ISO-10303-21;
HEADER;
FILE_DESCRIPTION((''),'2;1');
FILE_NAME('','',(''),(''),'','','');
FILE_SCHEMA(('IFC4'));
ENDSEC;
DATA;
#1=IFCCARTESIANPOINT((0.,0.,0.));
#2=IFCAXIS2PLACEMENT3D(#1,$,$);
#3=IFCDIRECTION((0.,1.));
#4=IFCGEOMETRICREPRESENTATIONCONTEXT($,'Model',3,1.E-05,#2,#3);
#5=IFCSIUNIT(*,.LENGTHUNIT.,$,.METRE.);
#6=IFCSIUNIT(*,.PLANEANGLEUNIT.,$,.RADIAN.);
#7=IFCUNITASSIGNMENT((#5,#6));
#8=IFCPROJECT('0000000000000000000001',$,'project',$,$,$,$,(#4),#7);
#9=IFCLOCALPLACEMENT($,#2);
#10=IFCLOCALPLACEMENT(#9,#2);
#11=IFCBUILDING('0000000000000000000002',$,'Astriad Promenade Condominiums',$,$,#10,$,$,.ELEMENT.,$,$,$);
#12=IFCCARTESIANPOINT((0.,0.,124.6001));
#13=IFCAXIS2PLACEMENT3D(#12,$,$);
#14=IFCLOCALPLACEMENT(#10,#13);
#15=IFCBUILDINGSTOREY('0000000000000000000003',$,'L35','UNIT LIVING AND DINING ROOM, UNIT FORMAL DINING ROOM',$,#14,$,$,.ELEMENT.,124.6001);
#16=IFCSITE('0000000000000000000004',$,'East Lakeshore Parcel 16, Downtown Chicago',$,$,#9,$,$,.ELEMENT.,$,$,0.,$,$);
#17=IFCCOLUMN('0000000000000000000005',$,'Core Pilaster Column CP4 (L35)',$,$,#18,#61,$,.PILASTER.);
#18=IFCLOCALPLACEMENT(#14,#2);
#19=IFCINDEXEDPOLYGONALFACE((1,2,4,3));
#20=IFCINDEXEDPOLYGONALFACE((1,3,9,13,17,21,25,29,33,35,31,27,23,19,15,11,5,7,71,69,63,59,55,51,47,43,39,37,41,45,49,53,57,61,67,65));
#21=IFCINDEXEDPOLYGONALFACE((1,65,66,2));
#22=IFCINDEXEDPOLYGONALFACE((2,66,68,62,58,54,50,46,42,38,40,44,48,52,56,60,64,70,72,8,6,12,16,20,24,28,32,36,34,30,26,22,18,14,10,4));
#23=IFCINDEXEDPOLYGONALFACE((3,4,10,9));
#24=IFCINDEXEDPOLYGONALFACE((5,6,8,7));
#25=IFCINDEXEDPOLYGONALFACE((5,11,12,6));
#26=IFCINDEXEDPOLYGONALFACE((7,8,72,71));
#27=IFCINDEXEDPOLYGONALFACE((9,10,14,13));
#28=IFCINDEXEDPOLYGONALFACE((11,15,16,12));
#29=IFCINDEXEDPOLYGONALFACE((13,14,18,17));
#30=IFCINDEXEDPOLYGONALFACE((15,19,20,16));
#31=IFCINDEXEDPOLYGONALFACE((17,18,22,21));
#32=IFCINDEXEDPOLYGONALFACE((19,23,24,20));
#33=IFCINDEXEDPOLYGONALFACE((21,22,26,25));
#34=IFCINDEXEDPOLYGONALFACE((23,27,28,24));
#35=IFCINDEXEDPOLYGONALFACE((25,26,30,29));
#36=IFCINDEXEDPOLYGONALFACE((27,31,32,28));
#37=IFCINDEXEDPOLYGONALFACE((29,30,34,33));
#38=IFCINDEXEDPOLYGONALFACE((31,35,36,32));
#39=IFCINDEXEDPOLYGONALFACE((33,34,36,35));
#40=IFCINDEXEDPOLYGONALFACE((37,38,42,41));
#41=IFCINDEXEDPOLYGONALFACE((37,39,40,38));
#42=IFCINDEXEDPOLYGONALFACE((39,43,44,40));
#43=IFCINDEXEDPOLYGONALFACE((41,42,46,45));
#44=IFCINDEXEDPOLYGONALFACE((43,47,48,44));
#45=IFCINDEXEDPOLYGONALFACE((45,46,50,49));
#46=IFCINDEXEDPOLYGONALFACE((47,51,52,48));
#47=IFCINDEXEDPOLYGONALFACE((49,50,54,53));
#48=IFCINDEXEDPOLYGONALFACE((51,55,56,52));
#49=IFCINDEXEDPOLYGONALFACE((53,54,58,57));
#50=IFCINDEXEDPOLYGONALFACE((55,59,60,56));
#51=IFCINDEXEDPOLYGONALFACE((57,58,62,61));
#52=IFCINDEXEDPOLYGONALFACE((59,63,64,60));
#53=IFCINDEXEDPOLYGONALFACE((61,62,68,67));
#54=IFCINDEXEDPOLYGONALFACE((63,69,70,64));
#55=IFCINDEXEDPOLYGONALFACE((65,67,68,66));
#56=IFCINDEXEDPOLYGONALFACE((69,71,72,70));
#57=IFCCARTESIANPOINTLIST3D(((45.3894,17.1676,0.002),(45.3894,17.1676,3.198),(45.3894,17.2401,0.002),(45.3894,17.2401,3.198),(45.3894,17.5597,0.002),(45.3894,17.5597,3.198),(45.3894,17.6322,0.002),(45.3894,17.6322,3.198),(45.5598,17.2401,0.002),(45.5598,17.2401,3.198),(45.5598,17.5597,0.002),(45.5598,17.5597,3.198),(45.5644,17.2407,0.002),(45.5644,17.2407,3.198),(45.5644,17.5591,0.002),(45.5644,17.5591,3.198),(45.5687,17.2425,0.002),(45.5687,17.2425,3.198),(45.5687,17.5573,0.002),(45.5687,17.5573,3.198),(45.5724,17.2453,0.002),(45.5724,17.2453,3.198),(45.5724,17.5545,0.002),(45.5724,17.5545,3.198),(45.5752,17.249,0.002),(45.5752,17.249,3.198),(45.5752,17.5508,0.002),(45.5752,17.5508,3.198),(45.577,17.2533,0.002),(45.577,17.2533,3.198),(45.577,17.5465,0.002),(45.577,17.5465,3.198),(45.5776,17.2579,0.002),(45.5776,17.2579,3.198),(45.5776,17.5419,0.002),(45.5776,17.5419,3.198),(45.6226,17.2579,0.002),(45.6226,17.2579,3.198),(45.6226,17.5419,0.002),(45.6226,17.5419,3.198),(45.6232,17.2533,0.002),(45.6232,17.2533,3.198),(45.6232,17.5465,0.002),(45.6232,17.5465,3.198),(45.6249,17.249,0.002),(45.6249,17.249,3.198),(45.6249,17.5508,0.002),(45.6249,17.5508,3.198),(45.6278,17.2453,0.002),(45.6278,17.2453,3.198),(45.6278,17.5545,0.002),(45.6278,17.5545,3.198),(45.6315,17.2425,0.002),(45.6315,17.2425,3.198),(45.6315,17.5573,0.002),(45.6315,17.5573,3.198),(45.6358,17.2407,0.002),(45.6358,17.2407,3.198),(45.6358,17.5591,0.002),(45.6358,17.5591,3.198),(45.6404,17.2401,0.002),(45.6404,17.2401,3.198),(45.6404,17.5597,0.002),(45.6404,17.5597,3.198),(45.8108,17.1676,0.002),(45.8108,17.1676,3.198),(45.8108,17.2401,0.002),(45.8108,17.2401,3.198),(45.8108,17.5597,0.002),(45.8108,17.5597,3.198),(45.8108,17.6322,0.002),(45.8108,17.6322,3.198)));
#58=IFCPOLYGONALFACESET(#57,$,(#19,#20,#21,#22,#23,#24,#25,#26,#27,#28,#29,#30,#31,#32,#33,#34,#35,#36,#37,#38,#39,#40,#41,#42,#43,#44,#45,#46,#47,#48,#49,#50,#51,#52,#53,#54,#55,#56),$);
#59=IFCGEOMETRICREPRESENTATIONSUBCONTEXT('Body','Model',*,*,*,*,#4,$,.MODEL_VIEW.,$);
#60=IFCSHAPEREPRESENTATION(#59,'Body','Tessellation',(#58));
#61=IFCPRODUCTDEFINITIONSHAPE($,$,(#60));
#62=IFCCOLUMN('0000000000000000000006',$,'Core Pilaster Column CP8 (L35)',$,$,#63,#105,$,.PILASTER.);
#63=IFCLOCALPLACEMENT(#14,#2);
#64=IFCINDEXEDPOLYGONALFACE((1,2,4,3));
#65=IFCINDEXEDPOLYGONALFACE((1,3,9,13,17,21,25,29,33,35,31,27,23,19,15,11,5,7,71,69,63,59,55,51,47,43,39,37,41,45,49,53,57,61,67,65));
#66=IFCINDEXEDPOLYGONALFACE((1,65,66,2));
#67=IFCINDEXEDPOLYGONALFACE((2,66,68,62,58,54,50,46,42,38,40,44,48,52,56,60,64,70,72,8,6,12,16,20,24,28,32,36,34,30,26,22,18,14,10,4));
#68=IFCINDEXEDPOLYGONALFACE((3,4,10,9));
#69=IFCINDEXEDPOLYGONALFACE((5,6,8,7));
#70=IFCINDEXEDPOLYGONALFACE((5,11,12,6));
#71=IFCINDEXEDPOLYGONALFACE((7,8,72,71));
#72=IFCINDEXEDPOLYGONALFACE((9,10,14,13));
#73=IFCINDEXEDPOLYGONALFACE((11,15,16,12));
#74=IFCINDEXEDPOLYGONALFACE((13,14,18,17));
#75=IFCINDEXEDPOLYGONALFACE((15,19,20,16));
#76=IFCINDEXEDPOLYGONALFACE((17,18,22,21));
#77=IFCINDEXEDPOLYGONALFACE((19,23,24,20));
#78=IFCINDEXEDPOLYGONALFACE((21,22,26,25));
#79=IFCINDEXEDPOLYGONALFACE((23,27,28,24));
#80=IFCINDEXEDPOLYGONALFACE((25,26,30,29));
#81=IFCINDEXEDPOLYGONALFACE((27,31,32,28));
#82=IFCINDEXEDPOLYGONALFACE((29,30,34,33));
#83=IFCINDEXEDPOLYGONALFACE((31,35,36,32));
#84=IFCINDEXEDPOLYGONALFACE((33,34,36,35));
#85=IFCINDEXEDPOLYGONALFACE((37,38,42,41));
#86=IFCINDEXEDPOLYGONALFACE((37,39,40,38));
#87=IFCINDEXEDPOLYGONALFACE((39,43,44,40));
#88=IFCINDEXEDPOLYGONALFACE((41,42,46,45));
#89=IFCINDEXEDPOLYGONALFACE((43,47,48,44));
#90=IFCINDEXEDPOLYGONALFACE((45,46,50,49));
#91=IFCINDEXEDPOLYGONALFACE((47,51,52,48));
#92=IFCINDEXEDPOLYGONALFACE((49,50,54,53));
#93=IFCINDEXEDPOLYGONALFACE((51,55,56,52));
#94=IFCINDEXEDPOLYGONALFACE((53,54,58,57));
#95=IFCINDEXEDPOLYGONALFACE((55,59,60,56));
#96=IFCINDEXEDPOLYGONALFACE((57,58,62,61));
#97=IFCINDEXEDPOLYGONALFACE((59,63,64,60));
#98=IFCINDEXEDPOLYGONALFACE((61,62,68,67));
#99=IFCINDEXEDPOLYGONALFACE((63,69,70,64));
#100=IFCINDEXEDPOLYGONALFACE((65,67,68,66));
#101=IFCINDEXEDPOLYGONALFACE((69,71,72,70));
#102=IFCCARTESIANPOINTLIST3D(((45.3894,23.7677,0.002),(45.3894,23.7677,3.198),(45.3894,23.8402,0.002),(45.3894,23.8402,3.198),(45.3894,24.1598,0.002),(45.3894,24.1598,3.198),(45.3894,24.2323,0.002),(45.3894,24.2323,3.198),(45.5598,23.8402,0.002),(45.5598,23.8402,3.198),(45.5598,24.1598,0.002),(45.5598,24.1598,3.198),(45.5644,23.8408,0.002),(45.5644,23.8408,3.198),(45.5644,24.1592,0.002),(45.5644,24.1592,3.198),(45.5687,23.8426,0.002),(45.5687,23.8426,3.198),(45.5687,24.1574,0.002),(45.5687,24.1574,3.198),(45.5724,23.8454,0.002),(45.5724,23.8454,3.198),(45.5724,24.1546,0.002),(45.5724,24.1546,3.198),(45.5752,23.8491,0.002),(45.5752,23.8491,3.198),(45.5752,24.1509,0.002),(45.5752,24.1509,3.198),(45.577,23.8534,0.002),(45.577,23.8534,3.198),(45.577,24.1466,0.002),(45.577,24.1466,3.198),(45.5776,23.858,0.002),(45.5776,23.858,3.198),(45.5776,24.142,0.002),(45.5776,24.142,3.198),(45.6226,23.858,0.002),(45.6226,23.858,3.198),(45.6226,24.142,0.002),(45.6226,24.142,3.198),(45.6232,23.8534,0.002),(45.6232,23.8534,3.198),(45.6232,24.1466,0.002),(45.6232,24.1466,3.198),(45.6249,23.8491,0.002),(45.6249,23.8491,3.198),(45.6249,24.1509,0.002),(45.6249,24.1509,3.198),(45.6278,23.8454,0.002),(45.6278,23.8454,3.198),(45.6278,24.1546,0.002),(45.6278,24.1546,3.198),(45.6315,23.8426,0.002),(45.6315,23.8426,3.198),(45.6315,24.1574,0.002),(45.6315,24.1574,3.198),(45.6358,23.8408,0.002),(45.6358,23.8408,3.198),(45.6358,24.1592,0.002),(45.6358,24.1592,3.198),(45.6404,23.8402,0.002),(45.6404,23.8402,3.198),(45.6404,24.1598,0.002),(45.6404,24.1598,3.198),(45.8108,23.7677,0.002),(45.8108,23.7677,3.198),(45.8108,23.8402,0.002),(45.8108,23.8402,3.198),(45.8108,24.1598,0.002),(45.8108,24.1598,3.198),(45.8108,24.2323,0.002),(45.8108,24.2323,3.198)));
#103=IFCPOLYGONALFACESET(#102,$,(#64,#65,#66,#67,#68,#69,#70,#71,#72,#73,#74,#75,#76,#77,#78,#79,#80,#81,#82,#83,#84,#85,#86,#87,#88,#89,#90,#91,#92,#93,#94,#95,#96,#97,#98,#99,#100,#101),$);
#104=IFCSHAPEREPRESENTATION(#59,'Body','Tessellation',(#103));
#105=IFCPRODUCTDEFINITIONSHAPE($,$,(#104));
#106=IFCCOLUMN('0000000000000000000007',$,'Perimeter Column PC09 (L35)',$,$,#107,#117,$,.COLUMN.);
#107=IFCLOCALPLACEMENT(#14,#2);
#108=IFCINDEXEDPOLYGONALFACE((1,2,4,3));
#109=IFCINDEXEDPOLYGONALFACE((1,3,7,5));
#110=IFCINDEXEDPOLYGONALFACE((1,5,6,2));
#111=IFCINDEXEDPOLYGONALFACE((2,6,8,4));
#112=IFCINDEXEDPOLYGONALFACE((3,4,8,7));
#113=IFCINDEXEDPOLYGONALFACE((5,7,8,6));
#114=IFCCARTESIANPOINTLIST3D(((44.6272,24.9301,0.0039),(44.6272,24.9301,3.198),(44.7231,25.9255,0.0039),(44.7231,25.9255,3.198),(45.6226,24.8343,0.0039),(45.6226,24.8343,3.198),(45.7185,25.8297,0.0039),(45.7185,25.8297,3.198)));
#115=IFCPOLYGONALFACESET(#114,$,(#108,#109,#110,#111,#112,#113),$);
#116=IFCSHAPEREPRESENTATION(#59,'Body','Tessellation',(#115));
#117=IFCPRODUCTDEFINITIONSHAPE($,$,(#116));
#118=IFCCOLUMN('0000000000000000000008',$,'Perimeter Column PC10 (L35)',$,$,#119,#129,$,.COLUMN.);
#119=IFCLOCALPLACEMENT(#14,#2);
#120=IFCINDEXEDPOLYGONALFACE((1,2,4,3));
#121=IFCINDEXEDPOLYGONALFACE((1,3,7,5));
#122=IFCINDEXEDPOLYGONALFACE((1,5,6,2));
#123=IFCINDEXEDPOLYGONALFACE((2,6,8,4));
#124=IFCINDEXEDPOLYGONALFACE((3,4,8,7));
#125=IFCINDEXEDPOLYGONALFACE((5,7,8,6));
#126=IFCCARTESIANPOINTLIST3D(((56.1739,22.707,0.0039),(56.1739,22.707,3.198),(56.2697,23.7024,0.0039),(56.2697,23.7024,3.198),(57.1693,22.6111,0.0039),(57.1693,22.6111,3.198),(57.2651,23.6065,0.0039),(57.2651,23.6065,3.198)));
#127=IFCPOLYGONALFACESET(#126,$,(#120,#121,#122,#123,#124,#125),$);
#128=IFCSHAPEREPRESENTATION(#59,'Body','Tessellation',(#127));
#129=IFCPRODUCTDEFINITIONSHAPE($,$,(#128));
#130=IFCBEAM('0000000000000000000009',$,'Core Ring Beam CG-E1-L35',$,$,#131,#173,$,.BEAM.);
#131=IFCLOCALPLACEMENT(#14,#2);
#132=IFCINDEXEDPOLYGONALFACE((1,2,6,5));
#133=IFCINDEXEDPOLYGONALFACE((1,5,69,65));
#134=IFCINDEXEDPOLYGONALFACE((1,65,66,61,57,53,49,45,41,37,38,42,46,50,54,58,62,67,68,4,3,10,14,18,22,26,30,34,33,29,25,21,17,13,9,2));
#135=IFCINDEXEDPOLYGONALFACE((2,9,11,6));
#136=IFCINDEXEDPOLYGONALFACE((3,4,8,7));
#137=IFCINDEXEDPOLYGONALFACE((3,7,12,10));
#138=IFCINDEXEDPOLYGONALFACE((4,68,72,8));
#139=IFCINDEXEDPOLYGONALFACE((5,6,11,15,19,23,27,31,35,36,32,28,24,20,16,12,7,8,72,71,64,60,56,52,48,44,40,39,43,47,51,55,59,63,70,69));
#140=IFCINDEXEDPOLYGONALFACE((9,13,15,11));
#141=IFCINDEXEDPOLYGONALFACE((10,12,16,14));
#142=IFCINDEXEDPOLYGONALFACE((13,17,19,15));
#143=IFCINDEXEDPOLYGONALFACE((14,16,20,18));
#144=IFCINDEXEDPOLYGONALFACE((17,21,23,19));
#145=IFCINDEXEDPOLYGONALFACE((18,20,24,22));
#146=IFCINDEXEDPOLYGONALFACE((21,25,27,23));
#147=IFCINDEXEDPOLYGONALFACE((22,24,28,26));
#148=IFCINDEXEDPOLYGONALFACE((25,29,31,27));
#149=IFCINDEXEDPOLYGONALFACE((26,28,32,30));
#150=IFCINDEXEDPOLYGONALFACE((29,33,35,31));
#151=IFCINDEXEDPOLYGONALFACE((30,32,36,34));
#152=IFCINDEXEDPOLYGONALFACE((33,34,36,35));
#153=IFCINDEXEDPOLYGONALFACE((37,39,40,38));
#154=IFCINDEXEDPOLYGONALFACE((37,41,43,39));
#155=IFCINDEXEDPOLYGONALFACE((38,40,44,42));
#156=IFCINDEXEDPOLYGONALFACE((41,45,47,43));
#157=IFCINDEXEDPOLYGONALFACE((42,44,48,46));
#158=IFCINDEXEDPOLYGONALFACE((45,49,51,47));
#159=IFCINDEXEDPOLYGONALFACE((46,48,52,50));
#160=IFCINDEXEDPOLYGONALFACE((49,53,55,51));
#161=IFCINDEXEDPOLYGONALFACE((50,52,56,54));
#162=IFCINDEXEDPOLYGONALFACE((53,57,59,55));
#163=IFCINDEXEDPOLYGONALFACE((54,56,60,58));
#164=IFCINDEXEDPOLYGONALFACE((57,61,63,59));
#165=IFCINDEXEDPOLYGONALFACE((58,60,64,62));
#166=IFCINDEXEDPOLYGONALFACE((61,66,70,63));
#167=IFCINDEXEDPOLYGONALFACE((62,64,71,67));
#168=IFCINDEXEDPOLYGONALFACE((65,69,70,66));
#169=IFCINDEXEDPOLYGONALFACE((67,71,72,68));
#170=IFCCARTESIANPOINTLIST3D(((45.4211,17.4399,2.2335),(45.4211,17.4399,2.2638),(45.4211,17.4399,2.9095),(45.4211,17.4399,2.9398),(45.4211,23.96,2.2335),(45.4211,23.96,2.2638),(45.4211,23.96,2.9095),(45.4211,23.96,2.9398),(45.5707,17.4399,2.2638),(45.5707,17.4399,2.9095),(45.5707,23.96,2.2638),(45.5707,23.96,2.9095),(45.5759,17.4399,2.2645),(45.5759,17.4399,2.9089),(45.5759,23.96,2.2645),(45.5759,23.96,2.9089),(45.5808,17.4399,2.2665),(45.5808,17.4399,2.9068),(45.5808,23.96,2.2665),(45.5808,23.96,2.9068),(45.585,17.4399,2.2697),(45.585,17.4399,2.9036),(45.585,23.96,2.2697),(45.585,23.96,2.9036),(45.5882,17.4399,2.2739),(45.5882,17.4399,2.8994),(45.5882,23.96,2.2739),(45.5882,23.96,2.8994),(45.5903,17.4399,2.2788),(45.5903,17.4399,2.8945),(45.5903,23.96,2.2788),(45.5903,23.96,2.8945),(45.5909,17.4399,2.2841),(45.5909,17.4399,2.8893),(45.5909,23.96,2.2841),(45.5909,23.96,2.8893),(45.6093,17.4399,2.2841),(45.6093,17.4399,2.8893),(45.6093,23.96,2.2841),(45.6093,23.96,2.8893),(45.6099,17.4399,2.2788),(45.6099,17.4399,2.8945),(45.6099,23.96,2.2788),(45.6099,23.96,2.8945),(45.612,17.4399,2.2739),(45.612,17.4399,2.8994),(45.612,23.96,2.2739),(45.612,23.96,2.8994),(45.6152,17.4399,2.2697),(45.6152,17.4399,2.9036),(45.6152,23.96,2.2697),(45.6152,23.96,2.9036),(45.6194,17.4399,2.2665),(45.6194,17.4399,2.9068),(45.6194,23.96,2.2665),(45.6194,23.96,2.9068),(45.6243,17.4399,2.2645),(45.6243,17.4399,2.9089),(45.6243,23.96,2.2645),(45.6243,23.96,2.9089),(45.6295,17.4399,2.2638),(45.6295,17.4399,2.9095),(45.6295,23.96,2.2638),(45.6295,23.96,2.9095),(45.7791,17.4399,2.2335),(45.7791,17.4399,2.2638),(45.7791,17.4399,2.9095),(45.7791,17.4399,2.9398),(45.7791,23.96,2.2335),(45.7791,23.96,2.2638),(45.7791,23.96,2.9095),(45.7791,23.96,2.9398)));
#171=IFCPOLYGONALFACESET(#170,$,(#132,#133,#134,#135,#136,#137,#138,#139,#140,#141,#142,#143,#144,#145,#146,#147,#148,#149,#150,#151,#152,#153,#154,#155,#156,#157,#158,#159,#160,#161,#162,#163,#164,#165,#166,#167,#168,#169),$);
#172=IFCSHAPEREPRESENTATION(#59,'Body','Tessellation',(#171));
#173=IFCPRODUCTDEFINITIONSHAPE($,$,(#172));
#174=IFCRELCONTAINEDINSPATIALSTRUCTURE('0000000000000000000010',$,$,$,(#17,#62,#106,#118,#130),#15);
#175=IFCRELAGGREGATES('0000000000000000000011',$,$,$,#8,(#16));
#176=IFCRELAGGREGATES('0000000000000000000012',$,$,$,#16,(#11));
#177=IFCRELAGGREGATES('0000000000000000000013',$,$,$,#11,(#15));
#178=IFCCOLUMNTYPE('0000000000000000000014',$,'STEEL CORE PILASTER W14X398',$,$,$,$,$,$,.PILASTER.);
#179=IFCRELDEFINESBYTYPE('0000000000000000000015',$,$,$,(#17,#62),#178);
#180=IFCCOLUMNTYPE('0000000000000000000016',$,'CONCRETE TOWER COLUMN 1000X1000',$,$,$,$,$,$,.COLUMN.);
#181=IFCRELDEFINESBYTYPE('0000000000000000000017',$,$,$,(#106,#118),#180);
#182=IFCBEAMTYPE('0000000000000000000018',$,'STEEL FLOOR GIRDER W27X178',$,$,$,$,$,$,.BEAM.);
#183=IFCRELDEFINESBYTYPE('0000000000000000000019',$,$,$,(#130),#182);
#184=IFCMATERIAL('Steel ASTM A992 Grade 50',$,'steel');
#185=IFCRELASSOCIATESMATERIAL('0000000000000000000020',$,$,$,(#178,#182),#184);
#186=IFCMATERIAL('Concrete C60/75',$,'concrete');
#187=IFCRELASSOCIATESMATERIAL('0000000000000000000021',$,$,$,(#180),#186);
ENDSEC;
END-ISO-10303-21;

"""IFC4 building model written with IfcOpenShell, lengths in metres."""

from ifc_helpers import new_model, si_unit, direction, frame, origin, origin_2d, place, context, subcontext, project, spatial, rectangle, i_section, extrude, source, transform, mapped, material, material_profile, profile_set, type_object, type_shapes, element, save


model = new_model("IFC4")

# Units and contexts
model_context = context("Model", 3, precision=1e-05, world=origin(), true_north=direction((0.0, 1.0)))
body_context = subcontext(model_context, "Body", "Model", "MODEL_VIEW")
ifc_project = project(units=[si_unit("LENGTHUNIT", "METRE"), si_unit("PLANEANGLEUNIT", "RADIAN")], contexts=[model_context])

# Site, building, storey
site_placement = place(None, origin())
site = spatial("IfcSite", under=ifc_project, at=site_placement, Name="East Lakeshore Parcel 16, Downtown Chicago", CompositionType="ELEMENT", RefElevation=0.0)
building_placement = place(site_placement, origin())
building = spatial("IfcBuilding", under=site, at=building_placement, Name="Astriad Promenade Condominiums", CompositionType="ELEMENT")
storey_placement = place(building_placement, frame((0.0, 0.0, 124.6001)))
storey = spatial("IfcBuildingStorey", under=building, at=storey_placement, Name="L35", Description="UNIT LIVING AND DINING ROOM, UNIT FORMAL DINING ROOM", CompositionType="ELEMENT", Elevation=124.6001)

# Columns
ifc_material_1 = material(Name="Steel ASTM A992 Grade 50", Category="steel")
ifc_material_profile_1 = material_profile(ifc_material_1, i_section(OverallWidth=0.4214, OverallDepth=0.4646, WebThickness=0.0449, FlangeThickness=0.0725, FilletRadius=0.0178, at=origin_2d()), Name="W14X398")
ifc_profile_set_1 = profile_set([ifc_material_profile_1], Name="Steel ASTM A992 Grade 50")
column_type_1 = type_object("IfcColumnType", Name="STEEL CORE PILASTER W14X398", PredefinedType="PILASTER", material=ifc_profile_set_1)
shared_shape_1 = source(origin(), body_context, "Body", "SweptSolid", [
    extrude(i_section(OverallWidth=0.4214, OverallDepth=0.4646, WebThickness=0.0449, FlangeThickness=0.0725, FilletRadius=0.0178, at=origin_2d()), origin(), (0.0, 0.0, 1.0), 3.196),
])
type_shapes(column_type_1, [shared_shape_1])
for number, where, z_axis, x_axis, name in (
    (1, (45.6001, 17.3999, 0.002), (0.0, 0.0, 1.0), (1.0, 0.0, 0.0), "Core Pilaster Column CP4 (L35)"),
    (2, (45.6001, 24.0, 0.002), (0.0, 0.0, 1.0), (1.0, 0.0, 0.0), "Core Pilaster Column CP8 (L35)"),
):
    element("IfcColumn", number, at=place(storey_placement, frame(where, z_axis=z_axis, x_axis=x_axis)), inside=storey, type_object=column_type_1, Name=name, PredefinedType="PILASTER", context=body_context, shape_type="MappedRepresentation", body=[
        mapped(shared_shape_1, transform((0.0, 0.0, 0.0), scale=1.0)),
    ])
ifc_material_2 = material(Name="Concrete C60/75", Category="concrete")
ifc_material_profile_2 = material_profile(ifc_material_2, rectangle(XDim=1.0, YDim=1.0, at=origin_2d()), Name="RC-COL-1000X1000")
ifc_profile_set_2 = profile_set([ifc_material_profile_2], Name="Concrete C60/75")
column_type_2 = type_object("IfcColumnType", Name="CONCRETE TOWER COLUMN 1000X1000", PredefinedType="COLUMN", material=ifc_profile_set_2)
shared_shape_2 = source(origin(), body_context, "Body", "SweptSolid", [
    extrude(rectangle(XDim=1.0, YDim=1.0, at=origin_2d()), origin(), (0.0, 0.0, 1.0), 3.1941),
])
type_shapes(column_type_2, [shared_shape_2])
for number, where, z_axis, x_axis, name in (
    (3, (45.1729, 25.3799, 0.0039), (0.0, 0.0, 1.0), (0.995396, -0.095846, 0.0), "Perimeter Column PC09 (L35)"),
    (4, (56.7195, 23.1567, 0.0039), (0.0, 0.0, 1.0), (0.995396, -0.095846, 0.0), "Perimeter Column PC10 (L35)"),
):
    element("IfcColumn", number, at=place(storey_placement, frame(where, z_axis=z_axis, x_axis=x_axis)), inside=storey, type_object=column_type_2, Name=name, PredefinedType="COLUMN", context=body_context, shape_type="MappedRepresentation", body=[
        mapped(shared_shape_2, transform((0.0, 0.0, 0.0), scale=1.0)),
    ])

# Beam
ifc_material_profile_3 = material_profile(ifc_material_1, i_section(OverallWidth=0.3579, OverallDepth=0.7063, WebThickness=0.0183, FlangeThickness=0.0303, FilletRadius=0.0203, at=origin_2d()), Name="W27X178")
ifc_profile_set_3 = profile_set([ifc_material_profile_3], Name="Steel ASTM A992 Grade 50")
beam_type_1 = type_object("IfcBeamType", Name="STEEL FLOOR GIRDER W27X178", PredefinedType="BEAM", material=ifc_profile_set_3)
shared_shape_3 = source(origin(), body_context, "Body", "SweptSolid", [
    extrude(i_section(OverallWidth=0.3579, OverallDepth=0.7063, WebThickness=0.0183, FlangeThickness=0.0303, FilletRadius=0.0203, at=origin_2d()), origin(), (0.0, 0.0, 1.0), 6.52),
])
beam_1_placement = place(storey_placement, frame((45.6001, 17.4399, 2.5867), z_axis=(0.0, 1.0, 0.0), x_axis=(-1.0, 0.0, 0.0)))
element("IfcBeam", 5, at=beam_1_placement, inside=storey, type_object=beam_type_1, Name="Core Ring Beam CG-E1-L35", PredefinedType="BEAM", context=body_context, shape_type="MappedRepresentation", body=[
    mapped(shared_shape_3, transform((0.0, 0.0, 0.0), scale=1.0)),
])

save(model, "model.ifc")
